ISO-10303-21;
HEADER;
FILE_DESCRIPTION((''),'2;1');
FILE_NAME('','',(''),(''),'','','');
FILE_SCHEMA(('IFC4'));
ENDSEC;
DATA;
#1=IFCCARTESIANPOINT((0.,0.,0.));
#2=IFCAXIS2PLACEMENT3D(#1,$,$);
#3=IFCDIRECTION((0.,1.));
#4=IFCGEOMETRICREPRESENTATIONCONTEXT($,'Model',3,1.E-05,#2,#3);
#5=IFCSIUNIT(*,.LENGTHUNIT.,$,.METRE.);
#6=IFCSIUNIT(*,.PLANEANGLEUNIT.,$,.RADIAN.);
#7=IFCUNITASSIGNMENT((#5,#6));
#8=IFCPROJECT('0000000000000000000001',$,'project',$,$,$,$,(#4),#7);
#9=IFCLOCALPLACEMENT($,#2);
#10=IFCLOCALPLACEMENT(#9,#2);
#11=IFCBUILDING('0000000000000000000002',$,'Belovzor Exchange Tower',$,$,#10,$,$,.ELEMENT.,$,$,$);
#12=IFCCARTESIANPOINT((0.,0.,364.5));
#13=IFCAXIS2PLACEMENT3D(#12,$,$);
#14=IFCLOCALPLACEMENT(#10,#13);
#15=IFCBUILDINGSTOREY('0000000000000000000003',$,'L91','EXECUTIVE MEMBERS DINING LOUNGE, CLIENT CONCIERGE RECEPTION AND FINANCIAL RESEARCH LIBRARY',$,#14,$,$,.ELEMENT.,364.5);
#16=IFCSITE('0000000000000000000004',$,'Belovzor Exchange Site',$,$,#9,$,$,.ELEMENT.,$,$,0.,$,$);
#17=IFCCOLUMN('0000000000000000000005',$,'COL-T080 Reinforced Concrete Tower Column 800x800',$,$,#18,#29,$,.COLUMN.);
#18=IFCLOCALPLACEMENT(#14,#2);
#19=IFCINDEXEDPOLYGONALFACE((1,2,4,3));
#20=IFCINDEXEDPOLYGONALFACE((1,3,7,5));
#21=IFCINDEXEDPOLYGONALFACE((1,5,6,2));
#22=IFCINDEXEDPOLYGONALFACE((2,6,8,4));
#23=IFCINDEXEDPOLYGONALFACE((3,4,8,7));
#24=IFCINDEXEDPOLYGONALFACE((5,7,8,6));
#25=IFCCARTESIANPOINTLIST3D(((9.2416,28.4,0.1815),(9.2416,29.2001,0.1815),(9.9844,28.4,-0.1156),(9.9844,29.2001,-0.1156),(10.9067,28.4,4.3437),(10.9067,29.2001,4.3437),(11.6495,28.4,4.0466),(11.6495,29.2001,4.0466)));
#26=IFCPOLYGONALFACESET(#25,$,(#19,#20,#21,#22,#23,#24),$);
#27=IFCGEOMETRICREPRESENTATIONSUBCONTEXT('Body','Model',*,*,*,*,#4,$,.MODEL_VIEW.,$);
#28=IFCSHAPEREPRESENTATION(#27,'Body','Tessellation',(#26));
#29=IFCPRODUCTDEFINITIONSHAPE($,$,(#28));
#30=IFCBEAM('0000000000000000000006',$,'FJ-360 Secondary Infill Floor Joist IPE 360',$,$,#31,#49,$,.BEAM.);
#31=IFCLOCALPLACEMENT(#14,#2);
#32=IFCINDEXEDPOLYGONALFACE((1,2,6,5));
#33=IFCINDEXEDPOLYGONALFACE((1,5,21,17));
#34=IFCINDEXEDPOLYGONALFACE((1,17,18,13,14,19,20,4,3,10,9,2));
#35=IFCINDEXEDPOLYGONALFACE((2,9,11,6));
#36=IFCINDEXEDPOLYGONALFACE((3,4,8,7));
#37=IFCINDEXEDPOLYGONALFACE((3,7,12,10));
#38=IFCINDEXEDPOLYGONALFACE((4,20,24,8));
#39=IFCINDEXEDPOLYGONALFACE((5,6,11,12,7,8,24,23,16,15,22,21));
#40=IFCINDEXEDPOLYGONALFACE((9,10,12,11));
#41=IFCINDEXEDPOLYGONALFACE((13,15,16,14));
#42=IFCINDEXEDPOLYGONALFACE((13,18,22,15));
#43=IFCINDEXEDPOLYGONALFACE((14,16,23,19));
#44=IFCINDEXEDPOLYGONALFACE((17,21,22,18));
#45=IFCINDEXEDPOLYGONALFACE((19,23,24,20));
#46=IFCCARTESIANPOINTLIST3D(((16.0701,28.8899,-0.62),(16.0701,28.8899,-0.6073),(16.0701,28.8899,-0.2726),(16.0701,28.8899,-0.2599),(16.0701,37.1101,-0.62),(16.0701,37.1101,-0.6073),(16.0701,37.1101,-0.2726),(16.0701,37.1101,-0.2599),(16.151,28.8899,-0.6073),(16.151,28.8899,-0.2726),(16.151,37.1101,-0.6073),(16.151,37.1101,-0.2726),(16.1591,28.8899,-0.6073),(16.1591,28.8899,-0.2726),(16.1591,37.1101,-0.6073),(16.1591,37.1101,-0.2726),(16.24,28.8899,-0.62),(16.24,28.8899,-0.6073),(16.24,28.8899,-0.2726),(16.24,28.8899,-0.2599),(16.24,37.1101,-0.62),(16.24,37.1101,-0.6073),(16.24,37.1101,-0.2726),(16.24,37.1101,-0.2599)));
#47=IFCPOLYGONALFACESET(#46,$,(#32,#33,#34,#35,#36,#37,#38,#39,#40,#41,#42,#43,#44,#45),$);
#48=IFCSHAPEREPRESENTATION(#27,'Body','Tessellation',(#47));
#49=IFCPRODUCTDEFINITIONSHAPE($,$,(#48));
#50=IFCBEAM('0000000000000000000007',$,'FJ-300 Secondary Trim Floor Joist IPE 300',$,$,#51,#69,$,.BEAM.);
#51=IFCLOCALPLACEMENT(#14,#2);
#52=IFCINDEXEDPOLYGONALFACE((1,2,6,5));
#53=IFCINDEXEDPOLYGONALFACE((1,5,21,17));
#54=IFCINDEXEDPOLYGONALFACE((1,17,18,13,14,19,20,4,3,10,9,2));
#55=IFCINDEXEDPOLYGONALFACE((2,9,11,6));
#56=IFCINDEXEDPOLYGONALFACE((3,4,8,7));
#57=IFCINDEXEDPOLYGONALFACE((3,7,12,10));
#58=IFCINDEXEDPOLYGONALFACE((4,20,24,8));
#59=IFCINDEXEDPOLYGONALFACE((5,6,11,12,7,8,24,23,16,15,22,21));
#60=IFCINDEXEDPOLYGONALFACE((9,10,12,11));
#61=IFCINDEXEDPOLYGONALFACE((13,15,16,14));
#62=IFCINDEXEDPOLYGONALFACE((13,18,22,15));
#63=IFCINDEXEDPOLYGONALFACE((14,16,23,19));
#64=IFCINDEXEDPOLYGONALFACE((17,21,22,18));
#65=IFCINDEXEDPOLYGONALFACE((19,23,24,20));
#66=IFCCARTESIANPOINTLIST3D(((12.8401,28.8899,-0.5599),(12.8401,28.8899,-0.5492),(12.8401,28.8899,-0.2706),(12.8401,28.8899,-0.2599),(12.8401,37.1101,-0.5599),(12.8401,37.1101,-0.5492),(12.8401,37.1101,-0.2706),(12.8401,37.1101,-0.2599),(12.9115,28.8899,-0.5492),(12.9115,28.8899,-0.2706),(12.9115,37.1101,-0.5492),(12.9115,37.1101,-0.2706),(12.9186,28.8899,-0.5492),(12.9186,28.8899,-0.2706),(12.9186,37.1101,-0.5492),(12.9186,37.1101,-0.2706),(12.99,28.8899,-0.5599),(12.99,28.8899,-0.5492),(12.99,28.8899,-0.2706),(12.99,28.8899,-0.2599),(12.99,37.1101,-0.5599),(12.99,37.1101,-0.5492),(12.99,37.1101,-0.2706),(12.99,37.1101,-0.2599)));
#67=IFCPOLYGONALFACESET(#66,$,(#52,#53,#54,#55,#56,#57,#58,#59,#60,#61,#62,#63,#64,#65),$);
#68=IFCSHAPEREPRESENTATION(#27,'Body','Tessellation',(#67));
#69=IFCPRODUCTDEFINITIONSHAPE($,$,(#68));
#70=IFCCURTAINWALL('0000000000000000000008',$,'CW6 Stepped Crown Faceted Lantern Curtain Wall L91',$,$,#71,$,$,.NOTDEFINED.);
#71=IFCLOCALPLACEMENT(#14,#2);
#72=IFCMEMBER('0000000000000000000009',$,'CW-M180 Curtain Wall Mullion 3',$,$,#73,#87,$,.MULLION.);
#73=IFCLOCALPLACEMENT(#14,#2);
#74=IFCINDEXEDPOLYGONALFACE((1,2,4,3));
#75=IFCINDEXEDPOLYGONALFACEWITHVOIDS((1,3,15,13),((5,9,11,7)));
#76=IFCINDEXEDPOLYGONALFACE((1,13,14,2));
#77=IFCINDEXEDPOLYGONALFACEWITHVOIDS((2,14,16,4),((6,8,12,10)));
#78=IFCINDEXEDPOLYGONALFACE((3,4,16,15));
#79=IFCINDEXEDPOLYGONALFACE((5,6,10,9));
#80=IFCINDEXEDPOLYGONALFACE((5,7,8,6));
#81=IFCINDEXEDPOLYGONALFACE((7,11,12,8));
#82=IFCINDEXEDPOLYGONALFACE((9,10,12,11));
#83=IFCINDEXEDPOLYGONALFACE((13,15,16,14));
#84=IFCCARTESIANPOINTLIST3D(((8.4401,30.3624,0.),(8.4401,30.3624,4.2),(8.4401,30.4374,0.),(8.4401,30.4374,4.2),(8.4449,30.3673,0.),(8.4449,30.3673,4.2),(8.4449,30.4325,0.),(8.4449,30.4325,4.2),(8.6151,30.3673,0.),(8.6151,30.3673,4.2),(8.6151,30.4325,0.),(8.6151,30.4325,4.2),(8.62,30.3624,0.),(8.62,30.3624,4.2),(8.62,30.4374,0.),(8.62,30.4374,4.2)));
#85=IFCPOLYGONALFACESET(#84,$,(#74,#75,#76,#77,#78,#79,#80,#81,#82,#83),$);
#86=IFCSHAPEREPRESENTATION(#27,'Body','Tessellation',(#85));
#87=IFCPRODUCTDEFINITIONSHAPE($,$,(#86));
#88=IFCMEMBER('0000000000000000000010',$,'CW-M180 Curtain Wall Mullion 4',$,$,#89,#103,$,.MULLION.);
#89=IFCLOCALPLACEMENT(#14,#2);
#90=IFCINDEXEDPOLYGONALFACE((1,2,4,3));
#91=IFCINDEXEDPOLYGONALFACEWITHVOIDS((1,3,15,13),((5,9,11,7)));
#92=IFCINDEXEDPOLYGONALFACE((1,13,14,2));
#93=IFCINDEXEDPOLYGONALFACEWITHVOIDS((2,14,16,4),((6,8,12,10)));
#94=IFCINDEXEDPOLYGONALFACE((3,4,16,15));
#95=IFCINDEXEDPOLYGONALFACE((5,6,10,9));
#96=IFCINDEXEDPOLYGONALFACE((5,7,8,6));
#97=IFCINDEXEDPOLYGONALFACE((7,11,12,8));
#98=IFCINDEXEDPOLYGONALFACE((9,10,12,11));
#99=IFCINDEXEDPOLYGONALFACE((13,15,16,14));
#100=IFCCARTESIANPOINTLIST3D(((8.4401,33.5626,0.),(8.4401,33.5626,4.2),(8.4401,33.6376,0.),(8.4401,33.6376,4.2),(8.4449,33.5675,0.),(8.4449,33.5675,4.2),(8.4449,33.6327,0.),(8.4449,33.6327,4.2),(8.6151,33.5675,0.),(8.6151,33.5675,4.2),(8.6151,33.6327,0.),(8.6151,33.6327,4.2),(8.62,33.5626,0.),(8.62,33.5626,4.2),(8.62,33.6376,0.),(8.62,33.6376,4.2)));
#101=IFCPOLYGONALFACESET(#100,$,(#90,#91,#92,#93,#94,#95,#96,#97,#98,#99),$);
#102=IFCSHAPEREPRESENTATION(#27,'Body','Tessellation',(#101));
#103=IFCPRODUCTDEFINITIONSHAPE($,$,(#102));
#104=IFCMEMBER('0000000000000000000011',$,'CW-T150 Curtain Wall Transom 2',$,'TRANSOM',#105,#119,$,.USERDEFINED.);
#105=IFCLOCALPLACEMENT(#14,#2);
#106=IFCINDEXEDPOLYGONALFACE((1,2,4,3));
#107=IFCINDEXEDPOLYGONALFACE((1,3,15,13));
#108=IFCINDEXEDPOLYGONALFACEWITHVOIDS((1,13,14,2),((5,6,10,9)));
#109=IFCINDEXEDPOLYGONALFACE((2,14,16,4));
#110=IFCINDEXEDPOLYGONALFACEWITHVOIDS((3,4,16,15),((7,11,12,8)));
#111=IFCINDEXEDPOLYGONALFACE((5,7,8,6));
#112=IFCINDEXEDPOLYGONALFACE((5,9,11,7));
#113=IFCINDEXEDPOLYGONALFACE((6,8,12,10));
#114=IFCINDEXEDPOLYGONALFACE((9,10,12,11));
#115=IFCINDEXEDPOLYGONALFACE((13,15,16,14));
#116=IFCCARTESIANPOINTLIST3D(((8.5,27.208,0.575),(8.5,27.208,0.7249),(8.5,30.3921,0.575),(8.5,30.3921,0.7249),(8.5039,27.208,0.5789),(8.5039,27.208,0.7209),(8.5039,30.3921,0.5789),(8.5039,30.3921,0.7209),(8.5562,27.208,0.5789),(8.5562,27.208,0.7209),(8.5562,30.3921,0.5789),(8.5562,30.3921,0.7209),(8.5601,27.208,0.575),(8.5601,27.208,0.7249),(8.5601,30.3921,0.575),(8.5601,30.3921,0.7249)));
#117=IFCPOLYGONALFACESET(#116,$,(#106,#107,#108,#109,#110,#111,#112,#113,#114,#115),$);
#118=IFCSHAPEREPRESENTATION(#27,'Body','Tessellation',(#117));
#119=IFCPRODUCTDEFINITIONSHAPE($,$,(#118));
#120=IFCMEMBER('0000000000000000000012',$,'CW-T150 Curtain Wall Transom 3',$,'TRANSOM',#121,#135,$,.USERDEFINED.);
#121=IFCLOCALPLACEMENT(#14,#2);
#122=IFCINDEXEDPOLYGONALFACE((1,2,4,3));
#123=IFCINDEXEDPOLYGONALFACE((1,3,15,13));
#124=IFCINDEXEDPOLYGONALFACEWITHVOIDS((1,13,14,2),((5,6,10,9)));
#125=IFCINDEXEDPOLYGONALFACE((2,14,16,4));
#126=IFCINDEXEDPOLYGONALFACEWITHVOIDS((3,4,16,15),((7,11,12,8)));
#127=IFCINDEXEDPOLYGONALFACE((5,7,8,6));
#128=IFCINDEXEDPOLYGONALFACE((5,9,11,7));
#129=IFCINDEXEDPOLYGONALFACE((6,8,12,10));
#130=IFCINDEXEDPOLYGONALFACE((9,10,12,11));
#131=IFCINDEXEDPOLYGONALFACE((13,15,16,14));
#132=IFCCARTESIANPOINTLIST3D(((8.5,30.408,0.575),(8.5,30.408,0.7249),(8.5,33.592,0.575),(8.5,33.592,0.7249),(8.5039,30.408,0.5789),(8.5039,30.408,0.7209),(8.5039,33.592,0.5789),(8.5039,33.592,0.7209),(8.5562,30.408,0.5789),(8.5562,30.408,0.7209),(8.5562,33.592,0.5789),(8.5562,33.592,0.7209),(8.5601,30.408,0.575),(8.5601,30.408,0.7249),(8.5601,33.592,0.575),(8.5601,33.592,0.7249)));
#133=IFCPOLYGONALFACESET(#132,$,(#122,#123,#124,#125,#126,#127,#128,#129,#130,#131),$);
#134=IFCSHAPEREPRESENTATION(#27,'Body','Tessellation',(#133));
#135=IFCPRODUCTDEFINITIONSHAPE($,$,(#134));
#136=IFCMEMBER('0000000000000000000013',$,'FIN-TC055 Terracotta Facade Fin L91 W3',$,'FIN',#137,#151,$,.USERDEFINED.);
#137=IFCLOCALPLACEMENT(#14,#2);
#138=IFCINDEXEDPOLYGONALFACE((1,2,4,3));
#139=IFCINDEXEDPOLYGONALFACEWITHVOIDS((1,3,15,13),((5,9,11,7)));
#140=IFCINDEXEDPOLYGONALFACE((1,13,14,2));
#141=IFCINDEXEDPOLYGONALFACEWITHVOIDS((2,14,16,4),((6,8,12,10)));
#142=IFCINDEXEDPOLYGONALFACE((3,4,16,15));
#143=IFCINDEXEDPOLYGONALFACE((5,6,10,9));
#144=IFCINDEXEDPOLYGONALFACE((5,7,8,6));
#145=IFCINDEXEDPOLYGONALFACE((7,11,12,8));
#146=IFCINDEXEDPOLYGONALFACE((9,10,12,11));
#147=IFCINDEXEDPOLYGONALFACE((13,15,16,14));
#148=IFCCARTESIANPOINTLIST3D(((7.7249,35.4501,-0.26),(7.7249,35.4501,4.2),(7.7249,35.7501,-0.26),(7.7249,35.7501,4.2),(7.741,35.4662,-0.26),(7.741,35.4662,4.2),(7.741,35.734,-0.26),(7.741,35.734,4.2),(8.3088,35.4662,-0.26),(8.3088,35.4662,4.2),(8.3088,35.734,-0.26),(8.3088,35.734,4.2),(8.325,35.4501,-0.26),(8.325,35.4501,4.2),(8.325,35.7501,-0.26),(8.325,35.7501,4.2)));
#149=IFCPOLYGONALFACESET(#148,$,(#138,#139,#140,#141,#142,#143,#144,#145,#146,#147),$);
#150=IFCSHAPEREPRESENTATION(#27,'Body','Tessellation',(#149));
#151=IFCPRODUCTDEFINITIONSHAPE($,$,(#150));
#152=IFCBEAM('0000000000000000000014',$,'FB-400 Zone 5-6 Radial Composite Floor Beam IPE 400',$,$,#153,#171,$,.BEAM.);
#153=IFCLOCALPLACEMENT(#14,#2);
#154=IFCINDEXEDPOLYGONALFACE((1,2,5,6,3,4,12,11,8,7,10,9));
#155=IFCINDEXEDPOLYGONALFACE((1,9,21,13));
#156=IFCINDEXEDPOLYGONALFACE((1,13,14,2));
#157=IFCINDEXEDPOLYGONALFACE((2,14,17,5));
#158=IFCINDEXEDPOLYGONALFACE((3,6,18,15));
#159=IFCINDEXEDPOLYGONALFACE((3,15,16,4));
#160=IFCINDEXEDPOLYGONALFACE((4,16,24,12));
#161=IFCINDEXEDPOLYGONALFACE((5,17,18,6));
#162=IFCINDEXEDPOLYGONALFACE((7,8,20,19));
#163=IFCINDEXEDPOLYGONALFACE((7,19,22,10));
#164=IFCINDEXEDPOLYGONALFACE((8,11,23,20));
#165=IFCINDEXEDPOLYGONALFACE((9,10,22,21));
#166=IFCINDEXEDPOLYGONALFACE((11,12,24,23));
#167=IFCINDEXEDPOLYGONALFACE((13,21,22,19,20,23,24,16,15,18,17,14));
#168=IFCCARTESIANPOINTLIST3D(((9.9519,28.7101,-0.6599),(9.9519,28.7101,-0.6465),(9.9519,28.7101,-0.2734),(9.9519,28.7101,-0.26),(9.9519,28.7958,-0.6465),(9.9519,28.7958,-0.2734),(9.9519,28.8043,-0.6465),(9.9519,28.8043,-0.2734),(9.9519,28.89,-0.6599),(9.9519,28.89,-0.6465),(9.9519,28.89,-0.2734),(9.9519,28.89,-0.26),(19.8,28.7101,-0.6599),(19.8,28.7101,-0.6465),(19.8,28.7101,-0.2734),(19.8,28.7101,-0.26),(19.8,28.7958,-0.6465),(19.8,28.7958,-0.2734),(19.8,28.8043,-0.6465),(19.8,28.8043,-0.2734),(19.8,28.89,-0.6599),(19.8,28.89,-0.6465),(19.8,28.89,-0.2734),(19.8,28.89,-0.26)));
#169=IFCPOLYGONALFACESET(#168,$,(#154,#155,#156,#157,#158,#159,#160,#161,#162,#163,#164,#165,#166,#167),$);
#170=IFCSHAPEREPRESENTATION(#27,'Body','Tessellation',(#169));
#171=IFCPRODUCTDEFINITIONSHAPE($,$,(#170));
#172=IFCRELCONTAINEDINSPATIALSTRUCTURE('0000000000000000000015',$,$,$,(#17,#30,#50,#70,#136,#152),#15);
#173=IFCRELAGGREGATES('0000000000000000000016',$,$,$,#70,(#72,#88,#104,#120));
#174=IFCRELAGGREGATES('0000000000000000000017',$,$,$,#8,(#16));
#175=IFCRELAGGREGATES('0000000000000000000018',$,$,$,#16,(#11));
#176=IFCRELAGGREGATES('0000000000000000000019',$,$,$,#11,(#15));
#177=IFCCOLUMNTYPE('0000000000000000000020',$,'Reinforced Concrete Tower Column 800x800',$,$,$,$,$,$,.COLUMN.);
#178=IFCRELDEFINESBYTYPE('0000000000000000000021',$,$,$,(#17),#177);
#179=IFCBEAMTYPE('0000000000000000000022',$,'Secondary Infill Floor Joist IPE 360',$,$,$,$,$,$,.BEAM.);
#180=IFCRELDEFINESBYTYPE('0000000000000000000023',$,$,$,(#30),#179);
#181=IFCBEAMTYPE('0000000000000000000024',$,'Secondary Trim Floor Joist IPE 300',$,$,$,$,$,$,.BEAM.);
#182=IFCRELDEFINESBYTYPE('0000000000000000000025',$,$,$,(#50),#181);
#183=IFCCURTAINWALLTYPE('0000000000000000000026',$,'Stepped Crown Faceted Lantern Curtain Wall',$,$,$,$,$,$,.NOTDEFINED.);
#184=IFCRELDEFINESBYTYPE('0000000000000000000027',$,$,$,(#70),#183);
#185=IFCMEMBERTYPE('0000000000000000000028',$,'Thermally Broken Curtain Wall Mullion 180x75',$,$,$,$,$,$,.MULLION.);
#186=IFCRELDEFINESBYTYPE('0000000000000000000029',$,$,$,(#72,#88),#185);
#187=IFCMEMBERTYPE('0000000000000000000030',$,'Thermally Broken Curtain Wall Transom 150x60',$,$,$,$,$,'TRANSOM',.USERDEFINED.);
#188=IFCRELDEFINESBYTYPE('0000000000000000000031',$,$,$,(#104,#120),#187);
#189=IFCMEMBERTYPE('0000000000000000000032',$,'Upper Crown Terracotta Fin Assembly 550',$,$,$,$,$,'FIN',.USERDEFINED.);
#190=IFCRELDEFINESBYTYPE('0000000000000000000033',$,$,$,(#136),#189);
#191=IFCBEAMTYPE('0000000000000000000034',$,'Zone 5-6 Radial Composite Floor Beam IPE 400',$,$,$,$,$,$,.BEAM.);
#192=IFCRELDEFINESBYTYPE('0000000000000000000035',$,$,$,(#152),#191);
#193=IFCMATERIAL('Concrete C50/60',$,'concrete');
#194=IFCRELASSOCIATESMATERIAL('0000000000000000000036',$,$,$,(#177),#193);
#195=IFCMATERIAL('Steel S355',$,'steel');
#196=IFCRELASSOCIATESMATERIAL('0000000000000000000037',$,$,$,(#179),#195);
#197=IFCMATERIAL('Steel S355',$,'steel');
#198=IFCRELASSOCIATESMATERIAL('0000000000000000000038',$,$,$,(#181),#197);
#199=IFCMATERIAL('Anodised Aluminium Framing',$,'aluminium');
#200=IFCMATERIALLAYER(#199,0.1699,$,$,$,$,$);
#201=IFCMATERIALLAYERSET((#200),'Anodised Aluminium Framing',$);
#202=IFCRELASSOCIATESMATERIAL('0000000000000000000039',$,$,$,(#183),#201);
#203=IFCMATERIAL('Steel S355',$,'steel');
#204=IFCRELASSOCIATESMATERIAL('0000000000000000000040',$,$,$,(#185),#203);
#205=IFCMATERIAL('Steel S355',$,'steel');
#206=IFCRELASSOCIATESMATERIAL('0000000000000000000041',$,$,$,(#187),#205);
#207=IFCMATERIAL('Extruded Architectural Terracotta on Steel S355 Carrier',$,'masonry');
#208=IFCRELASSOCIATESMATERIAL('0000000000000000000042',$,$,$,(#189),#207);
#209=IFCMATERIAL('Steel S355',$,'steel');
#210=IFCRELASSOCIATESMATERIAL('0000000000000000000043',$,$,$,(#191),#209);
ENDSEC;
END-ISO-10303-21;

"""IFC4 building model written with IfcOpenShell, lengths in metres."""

from ifc_helpers import new_model, si_unit, direction, frame, origin, origin_2d, place, context, subcontext, project, spatial, rectangle, hollow_rectangle, i_section, extrude, material, layer, layer_set, material_profile, profile_set, type_object, element, aggregate, save


model = new_model("IFC4")

# Units and contexts
model_context = context("Model", 3, precision=1e-05, world=origin(), true_north=direction((0.0, 1.0)))
body_context = subcontext(model_context, "Body", "Model", "MODEL_VIEW")
ifc_project = project(units=[si_unit("LENGTHUNIT", "METRE"), si_unit("PLANEANGLEUNIT", "RADIAN")], contexts=[model_context])

# Site, building, storey
site_placement = place(None, origin())
site = spatial("IfcSite", under=ifc_project, at=site_placement, Name="Belovzor Exchange Site", CompositionType="ELEMENT", RefElevation=0.0)
building_placement = place(site_placement, origin())
building = spatial("IfcBuilding", under=site, at=building_placement, Name="Belovzor Exchange Tower", CompositionType="ELEMENT")
storey_placement = place(building_placement, frame((0.0, 0.0, 364.5)))
storey = spatial("IfcBuildingStorey", under=building, at=storey_placement, Name="L91", Description="EXECUTIVE MEMBERS DINING LOUNGE, CLIENT CONCIERGE RECEPTION AND FINANCIAL RESEARCH LIBRARY", CompositionType="ELEMENT", Elevation=364.5)

# Column
ifc_material_1 = material(Name="Concrete C50/60", Category="concrete")
ifc_material_profile_1 = material_profile(ifc_material_1, rectangle(XDim=0.8, YDim=0.8, at=origin_2d()))
ifc_profile_set_1 = profile_set([ifc_material_profile_1], Name="Concrete C50/60")
column_type = type_object("IfcColumnType", Name="Reinforced Concrete Tower Column 800x800", PredefinedType="COLUMN", material=ifc_profile_set_1)
column_placement = place(storey_placement, frame((9.613, 28.8, 0.033), z_axis=(0.371428, 0.0, 0.928462), x_axis=(0.0, 1.0, 0.0)))
element("IfcColumn", 1, at=column_placement, inside=storey, type_object=column_type, Name="COL-T080 Reinforced Concrete Tower Column 800x800", PredefinedType="COLUMN", context=body_context, shape_type="SweptSolid", body=[
    extrude(rectangle(XDim=0.8, YDim=0.8, at=origin_2d()), origin(), (0.0, 0.0, 1.0), 4.4829),
])

# Beams
ifc_material_2 = material(Name="Steel S355", Category="steel")
ifc_material_profile_2 = material_profile(ifc_material_2, i_section(OverallWidth=0.1699, OverallDepth=0.3601, WebThickness=0.0081, FlangeThickness=0.0127, at=origin_2d()))
ifc_profile_set_2 = profile_set([ifc_material_profile_2], Name="Steel S355")
beam_type_1 = type_object("IfcBeamType", Name="Secondary Infill Floor Joist IPE 360", PredefinedType="BEAM", material=ifc_profile_set_2)
beam_1_placement = place(storey_placement, frame((16.155, 28.8899, -0.4399), z_axis=(0.0, 1.0, 0.0), x_axis=(-1.0, 0.0, 0.0)))
element("IfcBeam", 2, at=beam_1_placement, inside=storey, type_object=beam_type_1, Name="FJ-360 Secondary Infill Floor Joist IPE 360", PredefinedType="BEAM", context=body_context, shape_type="SweptSolid", body=[
    extrude(i_section(OverallWidth=0.1699, OverallDepth=0.3601, WebThickness=0.0081, FlangeThickness=0.0127, at=origin_2d()), origin(), (0.0, 0.0, 1.0), 8.2202),
])
ifc_material_3 = material(Name="Steel S355", Category="steel")
ifc_material_profile_3 = material_profile(ifc_material_3, i_section(OverallWidth=0.1499, OverallDepth=0.3, WebThickness=0.0071, FlangeThickness=0.0107, at=origin_2d()))
ifc_profile_set_3 = profile_set([ifc_material_profile_3], Name="Steel S355")
beam_type_2 = type_object("IfcBeamType", Name="Secondary Trim Floor Joist IPE 300", PredefinedType="BEAM", material=ifc_profile_set_3)
beam_2_placement = place(storey_placement, frame((12.915, 28.8899, -0.4099), z_axis=(0.0, 1.0, 0.0), x_axis=(-1.0, 0.0, 0.0)))
element("IfcBeam", 3, at=beam_2_placement, inside=storey, type_object=beam_type_2, Name="FJ-300 Secondary Trim Floor Joist IPE 300", PredefinedType="BEAM", context=body_context, shape_type="SweptSolid", body=[
    extrude(i_section(OverallWidth=0.1499, OverallDepth=0.3, WebThickness=0.0071, FlangeThickness=0.0107, at=origin_2d()), origin(), (0.0, 0.0, 1.0), 8.2202),
])

# Curtain wall, members
ifc_material_4 = material(Name="Anodised Aluminium Framing", Category="aluminium")
ifc_layer_1 = layer(ifc_material_4, 0.1699)
ifc_layer_set_1 = layer_set([ifc_layer_1], Name="Anodised Aluminium Framing")
curtain_wall_type = type_object("IfcCurtainWallType", Name="Stepped Crown Faceted Lantern Curtain Wall", PredefinedType="NOTDEFINED", material=ifc_layer_set_1)
curtain_wall_placement = place(storey_placement, origin())
curtain_wall = element("IfcCurtainWall", 4, at=curtain_wall_placement, inside=storey, type_object=curtain_wall_type, Name="CW6 Stepped Crown Faceted Lantern Curtain Wall L91", PredefinedType="NOTDEFINED")
ifc_material_5 = material(Name="Steel S355", Category="steel")
ifc_material_profile_4 = material_profile(ifc_material_5, hollow_rectangle(XDim=0.075, YDim=0.1799, WallThickness=0.0049, at=origin_2d()))
ifc_profile_set_4 = profile_set([ifc_material_profile_4], Name="Steel S355")
member_type_1 = type_object("IfcMemberType", Name="Thermally Broken Curtain Wall Mullion 180x75", PredefinedType="MULLION", material=ifc_profile_set_4)
member_1_placement = place(storey_placement, frame((8.53, 30.3999, 0.0), z_axis=(0.0, 0.0, 1.0), x_axis=(0.0, 1.0, 0.0)))
member_1 = element("IfcMember", 5, at=member_1_placement, type_object=member_type_1, Name="CW-M180 Curtain Wall Mullion 3", PredefinedType="MULLION", context=body_context, shape_type="SweptSolid", body=[
    extrude(hollow_rectangle(XDim=0.075, YDim=0.1799, WallThickness=0.0049, at=origin_2d()), origin(), (0.0, 0.0, 1.0), 4.2),
])
member_2_placement = place(storey_placement, frame((8.53, 33.6001, 0.0), z_axis=(0.0, 0.0, 1.0), x_axis=(0.0, 1.0, 0.0)))
member_2 = element("IfcMember", 6, at=member_2_placement, type_object=member_type_1, Name="CW-M180 Curtain Wall Mullion 4", PredefinedType="MULLION", context=body_context, shape_type="SweptSolid", body=[
    extrude(hollow_rectangle(XDim=0.075, YDim=0.1799, WallThickness=0.0049, at=origin_2d()), origin(), (0.0, 0.0, 1.0), 4.2),
])
ifc_material_6 = material(Name="Steel S355", Category="steel")
ifc_material_profile_5 = material_profile(ifc_material_6, hollow_rectangle(XDim=0.0601, YDim=0.1499, WallThickness=0.0039, at=origin_2d()))
ifc_profile_set_5 = profile_set([ifc_material_profile_5], Name="Steel S355")
member_type_2 = type_object("IfcMemberType", Name="Thermally Broken Curtain Wall Transom 150x60", ElementType="TRANSOM", PredefinedType="USERDEFINED", material=ifc_profile_set_5)
member_3_placement = place(storey_placement, frame((8.53, 27.208, 0.6499), z_axis=(0.0, 1.0, 0.0), x_axis=(-1.0, 0.0, 0.0)))
member_3 = element("IfcMember", 7, at=member_3_placement, type_object=member_type_2, Name="CW-T150 Curtain Wall Transom 2", ObjectType="TRANSOM", PredefinedType="USERDEFINED", context=body_context, shape_type="SweptSolid", body=[
    extrude(hollow_rectangle(XDim=0.0601, YDim=0.1499, WallThickness=0.0039, at=origin_2d()), origin(), (0.0, 0.0, 1.0), 3.1841),
])
member_4_placement = place(storey_placement, frame((8.53, 30.408, 0.6499), z_axis=(0.0, 1.0, 0.0), x_axis=(-1.0, 0.0, 0.0)))
member_4 = element("IfcMember", 8, at=member_4_placement, type_object=member_type_2, Name="CW-T150 Curtain Wall Transom 3", ObjectType="TRANSOM", PredefinedType="USERDEFINED", context=body_context, shape_type="SweptSolid", body=[
    extrude(hollow_rectangle(XDim=0.0601, YDim=0.1499, WallThickness=0.0039, at=origin_2d()), origin(), (0.0, 0.0, 1.0), 3.1841),
])

# Member
ifc_material_7 = material(Name="Extruded Architectural Terracotta on Steel S355 Carrier", Category="masonry")
ifc_material_profile_6 = material_profile(ifc_material_7, hollow_rectangle(XDim=0.3, YDim=0.6001, WallThickness=0.0161, at=origin_2d()))
ifc_profile_set_6 = profile_set([ifc_material_profile_6], Name="Extruded Architectural Terracotta on Steel S355 Carrier")
member_type_3 = type_object("IfcMemberType", Name="Upper Crown Terracotta Fin Assembly 550", ElementType="FIN", PredefinedType="USERDEFINED", material=ifc_profile_set_6)
member_5_placement = place(storey_placement, frame((8.0249, 35.6001, -0.26), z_axis=(0.0, 0.0, 1.0), x_axis=(0.0, 1.0, 0.0)))
element("IfcMember", 9, at=member_5_placement, inside=storey, type_object=member_type_3, Name="FIN-TC055 Terracotta Facade Fin L91 W3", ObjectType="FIN", PredefinedType="USERDEFINED", context=body_context, shape_type="SweptSolid", body=[
    extrude(hollow_rectangle(XDim=0.3, YDim=0.6001, WallThickness=0.0161, at=origin_2d()), origin(), (0.0, 0.0, 1.0), 4.46),
])

# Beam
ifc_material_8 = material(Name="Steel S355", Category="steel")
ifc_material_profile_7 = material_profile(ifc_material_8, i_section(OverallWidth=0.1799, OverallDepth=0.3999, WebThickness=0.0085, FlangeThickness=0.0134, at=origin_2d()))
ifc_profile_set_7 = profile_set([ifc_material_profile_7], Name="Steel S355")
beam_type_3 = type_object("IfcBeamType", Name="Zone 5-6 Radial Composite Floor Beam IPE 400", PredefinedType="BEAM", material=ifc_profile_set_7)
beam_3_placement = place(storey_placement, frame((19.8, 28.8, -0.46), z_axis=(-1.0, 0.0, 0.0), x_axis=(0.0, -1.0, 0.0)))
element("IfcBeam", 10, at=beam_3_placement, inside=storey, type_object=beam_type_3, Name="FB-400 Zone 5-6 Radial Composite Floor Beam IPE 400", PredefinedType="BEAM", context=body_context, shape_type="SweptSolid", body=[
    extrude(i_section(OverallWidth=0.1799, OverallDepth=0.3999, WebThickness=0.0085, FlangeThickness=0.0134, at=origin_2d()), origin(), (0.0, 0.0, 1.0), 9.8481),
])

aggregate(curtain_wall, [member_1, member_2, member_3, member_4])

save(model, "model.ifc")
